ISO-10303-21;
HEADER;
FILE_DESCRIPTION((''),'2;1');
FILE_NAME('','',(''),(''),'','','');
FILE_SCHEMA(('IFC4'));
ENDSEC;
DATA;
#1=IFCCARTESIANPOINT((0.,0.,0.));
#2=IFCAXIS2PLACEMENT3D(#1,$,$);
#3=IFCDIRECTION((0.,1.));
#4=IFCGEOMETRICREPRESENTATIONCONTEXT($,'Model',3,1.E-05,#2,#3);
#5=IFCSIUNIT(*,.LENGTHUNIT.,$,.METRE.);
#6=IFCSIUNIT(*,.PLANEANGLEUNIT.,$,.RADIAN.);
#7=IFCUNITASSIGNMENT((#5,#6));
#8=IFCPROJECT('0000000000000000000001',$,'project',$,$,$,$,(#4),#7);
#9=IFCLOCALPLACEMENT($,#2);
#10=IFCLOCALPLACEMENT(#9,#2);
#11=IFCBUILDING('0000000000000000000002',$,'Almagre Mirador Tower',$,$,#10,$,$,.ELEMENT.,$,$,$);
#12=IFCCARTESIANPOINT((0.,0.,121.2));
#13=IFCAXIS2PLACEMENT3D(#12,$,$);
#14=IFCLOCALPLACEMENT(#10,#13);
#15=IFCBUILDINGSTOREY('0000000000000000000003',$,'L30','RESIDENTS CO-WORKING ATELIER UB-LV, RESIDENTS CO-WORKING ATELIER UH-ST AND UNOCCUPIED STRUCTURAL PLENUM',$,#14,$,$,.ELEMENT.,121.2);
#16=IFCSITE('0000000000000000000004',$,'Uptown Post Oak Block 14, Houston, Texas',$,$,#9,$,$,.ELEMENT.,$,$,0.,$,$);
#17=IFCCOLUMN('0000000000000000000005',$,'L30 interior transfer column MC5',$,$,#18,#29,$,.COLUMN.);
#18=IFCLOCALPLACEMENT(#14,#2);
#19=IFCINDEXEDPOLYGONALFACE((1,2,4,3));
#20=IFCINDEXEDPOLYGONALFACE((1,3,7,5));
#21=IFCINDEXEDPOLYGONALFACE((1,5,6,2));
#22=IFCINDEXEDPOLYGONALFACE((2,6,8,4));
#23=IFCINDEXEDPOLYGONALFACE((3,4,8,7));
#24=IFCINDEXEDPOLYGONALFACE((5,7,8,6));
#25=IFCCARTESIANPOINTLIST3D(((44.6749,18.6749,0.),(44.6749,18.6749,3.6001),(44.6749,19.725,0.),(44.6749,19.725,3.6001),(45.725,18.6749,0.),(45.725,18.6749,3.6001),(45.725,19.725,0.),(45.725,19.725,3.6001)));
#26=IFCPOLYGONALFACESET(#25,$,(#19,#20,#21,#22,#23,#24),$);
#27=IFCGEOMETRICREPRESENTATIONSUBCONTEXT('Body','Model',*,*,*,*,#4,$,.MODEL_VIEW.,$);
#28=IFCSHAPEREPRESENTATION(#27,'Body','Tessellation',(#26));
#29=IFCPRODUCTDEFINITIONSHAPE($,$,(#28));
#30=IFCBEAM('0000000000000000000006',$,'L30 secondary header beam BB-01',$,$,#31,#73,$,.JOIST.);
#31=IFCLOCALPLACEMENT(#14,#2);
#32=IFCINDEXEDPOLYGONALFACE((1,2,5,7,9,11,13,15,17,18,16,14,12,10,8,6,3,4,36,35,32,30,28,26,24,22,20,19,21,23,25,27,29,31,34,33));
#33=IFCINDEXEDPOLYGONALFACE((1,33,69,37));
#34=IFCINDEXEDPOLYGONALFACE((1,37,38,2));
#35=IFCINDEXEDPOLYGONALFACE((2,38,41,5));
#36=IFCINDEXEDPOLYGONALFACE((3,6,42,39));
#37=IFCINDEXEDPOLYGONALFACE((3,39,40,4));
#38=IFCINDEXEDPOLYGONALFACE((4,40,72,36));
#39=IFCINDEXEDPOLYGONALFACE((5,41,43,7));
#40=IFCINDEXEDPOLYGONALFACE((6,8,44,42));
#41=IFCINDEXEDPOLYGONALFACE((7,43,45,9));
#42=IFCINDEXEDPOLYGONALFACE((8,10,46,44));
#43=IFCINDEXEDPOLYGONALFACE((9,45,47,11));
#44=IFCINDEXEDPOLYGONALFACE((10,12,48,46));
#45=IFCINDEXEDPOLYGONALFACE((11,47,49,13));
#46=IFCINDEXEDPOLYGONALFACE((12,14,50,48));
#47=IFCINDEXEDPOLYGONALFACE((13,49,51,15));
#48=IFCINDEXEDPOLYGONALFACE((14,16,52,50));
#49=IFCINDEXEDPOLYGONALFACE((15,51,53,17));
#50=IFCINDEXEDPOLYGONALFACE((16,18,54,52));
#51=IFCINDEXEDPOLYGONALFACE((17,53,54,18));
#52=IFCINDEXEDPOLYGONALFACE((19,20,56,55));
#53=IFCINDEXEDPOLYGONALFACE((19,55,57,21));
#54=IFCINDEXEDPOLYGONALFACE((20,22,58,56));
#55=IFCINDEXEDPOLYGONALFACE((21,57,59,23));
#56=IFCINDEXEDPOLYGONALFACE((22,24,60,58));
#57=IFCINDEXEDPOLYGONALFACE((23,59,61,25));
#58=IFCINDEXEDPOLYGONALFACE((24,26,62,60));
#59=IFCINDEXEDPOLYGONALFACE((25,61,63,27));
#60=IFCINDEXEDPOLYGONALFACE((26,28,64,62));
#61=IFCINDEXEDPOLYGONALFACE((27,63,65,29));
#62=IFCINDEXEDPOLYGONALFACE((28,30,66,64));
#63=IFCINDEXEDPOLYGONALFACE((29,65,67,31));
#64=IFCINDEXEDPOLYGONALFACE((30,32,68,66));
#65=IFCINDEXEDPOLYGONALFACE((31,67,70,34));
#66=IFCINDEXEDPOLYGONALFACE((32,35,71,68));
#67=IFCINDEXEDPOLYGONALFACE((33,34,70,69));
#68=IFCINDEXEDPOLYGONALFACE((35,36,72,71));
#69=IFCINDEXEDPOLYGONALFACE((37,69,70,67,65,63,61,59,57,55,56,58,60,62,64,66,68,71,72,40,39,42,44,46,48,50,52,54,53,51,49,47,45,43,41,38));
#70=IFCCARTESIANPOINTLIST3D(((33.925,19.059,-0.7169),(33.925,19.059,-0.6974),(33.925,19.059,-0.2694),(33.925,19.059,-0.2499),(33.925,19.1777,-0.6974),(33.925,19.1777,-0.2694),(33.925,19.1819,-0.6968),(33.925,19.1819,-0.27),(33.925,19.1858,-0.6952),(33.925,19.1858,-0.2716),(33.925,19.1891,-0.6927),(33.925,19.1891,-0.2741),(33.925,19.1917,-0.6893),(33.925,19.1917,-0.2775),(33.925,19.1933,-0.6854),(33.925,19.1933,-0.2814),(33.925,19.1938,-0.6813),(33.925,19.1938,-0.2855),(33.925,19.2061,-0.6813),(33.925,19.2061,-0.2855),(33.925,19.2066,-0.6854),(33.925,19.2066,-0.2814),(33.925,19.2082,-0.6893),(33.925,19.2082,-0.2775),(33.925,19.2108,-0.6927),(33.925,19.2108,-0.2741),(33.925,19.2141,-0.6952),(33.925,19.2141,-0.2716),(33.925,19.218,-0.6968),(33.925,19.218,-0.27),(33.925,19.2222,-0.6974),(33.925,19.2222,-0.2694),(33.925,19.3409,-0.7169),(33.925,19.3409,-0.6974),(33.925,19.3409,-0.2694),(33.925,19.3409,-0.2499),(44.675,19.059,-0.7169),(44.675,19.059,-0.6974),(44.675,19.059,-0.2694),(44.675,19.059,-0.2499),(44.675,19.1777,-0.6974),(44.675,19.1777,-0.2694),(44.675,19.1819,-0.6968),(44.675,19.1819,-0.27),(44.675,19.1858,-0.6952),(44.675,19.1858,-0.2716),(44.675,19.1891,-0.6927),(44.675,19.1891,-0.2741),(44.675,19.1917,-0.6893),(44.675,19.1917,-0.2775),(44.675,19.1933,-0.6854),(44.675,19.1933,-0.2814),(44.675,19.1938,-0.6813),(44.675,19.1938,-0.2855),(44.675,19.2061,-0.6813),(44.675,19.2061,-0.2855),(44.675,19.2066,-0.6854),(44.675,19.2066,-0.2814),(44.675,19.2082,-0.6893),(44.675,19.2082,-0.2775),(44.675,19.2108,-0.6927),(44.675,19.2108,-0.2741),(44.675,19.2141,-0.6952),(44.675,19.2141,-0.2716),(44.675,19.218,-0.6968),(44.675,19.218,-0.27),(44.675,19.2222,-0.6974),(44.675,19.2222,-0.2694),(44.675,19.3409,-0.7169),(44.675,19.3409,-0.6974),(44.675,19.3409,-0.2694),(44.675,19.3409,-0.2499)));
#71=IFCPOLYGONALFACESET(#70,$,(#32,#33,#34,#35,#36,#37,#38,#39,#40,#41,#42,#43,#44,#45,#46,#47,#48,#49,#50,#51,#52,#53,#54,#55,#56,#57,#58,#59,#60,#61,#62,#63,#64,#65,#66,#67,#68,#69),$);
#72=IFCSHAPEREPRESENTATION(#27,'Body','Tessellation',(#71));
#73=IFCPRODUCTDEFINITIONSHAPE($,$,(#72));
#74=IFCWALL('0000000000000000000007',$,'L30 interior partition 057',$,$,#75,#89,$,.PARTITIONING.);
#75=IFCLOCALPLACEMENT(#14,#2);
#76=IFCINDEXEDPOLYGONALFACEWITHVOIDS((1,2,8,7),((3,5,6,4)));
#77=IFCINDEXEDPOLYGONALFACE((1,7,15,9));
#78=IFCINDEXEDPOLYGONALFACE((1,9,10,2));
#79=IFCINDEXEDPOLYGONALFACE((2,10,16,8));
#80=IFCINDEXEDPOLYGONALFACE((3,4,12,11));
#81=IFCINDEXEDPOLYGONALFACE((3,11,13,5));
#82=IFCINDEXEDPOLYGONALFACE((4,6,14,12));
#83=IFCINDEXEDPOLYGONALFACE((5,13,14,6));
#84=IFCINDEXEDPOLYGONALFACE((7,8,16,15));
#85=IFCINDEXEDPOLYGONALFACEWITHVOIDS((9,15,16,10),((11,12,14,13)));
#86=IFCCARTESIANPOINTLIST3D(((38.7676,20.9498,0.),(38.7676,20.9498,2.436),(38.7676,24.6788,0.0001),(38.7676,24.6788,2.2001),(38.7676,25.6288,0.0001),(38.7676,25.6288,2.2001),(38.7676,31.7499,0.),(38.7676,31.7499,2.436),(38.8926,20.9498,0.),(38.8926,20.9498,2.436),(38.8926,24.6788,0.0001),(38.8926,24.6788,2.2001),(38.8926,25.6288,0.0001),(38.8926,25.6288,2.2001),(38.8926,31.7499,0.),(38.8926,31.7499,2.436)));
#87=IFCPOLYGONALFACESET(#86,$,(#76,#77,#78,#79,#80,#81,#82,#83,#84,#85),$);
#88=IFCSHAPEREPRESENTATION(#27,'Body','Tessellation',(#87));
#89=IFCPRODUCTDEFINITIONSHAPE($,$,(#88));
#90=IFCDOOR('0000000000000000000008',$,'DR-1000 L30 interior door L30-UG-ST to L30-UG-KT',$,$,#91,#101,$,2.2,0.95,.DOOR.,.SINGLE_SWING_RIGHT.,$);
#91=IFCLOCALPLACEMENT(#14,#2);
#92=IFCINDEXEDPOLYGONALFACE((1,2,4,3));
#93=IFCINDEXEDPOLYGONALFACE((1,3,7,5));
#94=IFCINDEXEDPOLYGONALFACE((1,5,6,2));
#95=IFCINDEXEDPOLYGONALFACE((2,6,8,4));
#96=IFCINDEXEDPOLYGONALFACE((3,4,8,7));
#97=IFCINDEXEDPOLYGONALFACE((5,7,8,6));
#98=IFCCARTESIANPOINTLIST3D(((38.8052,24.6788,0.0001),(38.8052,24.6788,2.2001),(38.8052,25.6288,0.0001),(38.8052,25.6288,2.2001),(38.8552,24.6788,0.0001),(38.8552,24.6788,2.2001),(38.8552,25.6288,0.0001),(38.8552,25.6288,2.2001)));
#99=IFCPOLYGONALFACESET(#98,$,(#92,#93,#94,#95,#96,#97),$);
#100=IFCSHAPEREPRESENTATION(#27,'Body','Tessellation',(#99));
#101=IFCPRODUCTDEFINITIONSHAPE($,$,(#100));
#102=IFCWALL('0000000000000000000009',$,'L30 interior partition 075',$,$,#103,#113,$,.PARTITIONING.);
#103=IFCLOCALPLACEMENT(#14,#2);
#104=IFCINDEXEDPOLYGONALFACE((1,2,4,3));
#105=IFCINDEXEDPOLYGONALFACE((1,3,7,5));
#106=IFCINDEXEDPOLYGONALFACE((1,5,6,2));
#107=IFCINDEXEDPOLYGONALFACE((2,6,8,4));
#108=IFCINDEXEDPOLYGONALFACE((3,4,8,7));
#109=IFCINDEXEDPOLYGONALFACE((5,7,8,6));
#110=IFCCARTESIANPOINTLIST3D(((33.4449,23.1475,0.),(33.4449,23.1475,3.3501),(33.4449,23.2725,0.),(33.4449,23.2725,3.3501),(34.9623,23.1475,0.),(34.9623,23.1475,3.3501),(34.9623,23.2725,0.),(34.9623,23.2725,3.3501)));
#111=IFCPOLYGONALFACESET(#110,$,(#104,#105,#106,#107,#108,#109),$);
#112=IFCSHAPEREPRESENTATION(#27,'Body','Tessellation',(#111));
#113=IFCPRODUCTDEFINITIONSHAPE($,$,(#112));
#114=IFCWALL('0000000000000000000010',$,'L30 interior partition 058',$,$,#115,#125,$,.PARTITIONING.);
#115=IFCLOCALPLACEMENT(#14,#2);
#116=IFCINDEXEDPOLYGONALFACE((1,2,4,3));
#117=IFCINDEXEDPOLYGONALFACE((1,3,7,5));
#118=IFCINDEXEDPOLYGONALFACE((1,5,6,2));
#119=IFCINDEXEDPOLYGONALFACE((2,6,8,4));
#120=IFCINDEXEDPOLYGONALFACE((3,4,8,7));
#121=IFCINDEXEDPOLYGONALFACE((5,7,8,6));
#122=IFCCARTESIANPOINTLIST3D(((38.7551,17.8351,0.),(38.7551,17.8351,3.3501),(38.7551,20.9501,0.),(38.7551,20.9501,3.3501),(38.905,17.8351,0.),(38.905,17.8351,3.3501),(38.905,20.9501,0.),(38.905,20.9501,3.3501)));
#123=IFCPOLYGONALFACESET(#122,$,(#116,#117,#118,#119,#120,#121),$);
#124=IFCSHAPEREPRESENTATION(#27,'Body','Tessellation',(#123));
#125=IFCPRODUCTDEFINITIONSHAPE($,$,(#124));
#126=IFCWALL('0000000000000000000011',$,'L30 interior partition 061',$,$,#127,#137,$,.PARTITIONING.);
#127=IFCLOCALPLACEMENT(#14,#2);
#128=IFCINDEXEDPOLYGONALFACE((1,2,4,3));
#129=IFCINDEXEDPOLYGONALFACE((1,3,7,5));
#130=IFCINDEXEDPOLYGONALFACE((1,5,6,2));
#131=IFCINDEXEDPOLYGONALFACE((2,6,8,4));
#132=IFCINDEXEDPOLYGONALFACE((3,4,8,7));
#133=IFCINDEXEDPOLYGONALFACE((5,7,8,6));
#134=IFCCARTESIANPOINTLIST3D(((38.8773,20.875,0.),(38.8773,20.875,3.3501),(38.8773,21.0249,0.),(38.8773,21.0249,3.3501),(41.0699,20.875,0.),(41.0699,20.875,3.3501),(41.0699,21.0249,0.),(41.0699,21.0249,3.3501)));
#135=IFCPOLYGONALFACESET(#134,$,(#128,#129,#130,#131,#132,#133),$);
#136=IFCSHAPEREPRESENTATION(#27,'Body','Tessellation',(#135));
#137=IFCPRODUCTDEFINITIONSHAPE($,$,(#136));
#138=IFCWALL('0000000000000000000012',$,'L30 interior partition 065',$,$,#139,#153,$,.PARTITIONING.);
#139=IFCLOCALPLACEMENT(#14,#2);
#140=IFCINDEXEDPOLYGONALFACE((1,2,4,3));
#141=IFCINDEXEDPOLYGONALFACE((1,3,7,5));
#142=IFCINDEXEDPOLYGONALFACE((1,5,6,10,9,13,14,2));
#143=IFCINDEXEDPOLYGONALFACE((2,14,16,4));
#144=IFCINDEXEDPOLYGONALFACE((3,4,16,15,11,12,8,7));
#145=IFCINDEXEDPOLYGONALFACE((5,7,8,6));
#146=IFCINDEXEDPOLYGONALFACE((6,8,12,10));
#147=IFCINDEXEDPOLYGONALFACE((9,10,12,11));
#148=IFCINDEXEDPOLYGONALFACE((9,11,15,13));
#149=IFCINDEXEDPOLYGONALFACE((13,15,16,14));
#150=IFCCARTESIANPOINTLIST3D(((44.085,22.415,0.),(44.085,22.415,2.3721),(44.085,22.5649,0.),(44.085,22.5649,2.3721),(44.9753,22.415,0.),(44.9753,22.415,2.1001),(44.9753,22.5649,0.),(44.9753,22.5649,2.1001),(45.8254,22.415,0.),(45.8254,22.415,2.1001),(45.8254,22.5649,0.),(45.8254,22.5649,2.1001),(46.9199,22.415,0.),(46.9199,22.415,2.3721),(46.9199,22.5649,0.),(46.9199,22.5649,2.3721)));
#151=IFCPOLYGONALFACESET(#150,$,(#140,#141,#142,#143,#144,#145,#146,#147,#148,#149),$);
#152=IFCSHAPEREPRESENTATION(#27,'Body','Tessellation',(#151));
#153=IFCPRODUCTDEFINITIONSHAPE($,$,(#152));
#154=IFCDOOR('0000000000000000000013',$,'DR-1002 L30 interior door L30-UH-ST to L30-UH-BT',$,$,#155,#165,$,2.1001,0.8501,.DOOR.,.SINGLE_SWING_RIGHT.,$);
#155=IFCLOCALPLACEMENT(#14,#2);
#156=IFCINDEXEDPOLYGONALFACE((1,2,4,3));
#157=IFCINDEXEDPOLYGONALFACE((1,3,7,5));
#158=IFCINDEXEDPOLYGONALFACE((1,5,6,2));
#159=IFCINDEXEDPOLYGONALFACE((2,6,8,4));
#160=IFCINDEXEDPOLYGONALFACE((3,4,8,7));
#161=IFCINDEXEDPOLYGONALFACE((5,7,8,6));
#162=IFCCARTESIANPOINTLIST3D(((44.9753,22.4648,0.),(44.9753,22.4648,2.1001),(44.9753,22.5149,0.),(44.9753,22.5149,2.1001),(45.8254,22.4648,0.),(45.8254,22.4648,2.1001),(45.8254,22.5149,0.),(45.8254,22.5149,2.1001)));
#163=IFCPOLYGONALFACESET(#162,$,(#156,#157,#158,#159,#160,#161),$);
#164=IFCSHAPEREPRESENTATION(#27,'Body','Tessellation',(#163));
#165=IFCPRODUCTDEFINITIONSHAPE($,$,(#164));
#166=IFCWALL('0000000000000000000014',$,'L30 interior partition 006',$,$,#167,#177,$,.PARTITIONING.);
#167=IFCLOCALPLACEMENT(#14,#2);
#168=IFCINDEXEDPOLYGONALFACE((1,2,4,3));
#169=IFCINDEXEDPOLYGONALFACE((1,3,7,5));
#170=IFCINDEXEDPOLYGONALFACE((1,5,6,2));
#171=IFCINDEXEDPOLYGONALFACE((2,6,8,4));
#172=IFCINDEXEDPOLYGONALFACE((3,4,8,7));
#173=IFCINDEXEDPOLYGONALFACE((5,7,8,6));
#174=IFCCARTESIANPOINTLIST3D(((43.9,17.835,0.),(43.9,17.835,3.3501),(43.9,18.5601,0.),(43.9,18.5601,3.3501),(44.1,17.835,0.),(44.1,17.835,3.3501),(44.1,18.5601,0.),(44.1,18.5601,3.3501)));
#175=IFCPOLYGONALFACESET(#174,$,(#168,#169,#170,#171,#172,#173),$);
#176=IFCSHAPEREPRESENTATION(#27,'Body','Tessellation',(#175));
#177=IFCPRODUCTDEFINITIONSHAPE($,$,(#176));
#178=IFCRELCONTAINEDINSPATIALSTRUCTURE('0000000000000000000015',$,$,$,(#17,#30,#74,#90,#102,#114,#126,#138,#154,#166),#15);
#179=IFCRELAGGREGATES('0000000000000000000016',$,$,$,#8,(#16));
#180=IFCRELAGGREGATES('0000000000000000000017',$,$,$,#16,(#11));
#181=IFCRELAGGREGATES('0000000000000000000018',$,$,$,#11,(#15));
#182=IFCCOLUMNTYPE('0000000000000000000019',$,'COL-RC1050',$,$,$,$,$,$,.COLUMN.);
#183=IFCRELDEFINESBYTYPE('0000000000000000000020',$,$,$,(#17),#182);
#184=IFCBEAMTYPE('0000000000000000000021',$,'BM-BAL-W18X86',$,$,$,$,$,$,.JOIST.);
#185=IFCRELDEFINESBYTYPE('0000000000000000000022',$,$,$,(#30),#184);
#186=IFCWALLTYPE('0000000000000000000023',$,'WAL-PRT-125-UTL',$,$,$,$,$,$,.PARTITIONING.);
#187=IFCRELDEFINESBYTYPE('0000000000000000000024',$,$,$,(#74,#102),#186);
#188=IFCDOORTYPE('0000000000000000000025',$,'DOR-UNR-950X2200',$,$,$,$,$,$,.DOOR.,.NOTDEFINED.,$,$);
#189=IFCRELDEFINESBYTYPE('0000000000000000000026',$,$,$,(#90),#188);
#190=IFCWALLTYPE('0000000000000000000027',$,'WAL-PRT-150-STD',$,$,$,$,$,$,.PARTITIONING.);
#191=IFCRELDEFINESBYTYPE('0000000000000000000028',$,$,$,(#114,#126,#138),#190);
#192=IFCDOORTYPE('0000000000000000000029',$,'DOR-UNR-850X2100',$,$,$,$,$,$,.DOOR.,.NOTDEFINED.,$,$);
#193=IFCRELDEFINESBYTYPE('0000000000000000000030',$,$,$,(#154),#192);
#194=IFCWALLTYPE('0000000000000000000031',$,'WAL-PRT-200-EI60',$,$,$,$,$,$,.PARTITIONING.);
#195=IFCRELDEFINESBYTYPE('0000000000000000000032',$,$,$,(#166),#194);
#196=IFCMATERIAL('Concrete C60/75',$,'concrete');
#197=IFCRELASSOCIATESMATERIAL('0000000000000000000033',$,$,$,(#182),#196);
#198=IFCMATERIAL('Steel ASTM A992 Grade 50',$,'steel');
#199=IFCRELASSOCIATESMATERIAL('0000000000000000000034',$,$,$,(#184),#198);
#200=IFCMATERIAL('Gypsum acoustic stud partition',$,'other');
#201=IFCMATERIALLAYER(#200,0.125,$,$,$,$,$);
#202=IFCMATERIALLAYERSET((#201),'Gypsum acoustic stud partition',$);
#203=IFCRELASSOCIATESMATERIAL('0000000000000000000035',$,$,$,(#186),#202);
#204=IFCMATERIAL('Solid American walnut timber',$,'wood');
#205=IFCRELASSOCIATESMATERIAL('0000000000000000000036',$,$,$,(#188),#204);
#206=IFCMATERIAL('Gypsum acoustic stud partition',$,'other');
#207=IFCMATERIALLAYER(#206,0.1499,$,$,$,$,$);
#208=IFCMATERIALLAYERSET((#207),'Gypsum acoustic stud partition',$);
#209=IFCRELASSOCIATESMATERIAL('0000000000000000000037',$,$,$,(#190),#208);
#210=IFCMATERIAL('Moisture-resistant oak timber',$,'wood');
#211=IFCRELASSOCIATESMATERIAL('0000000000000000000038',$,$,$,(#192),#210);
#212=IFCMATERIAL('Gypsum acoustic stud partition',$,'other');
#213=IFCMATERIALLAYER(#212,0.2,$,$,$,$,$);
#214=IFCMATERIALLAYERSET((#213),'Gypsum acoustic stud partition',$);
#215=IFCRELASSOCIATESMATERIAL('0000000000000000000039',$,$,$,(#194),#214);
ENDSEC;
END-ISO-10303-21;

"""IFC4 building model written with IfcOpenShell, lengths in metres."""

from ifc_helpers import new_model, si_unit, direction, frame, frame_2d, origin, origin_2d, place, context, subcontext, project, spatial, rectangle, i_section, extrude, material, layer, layer_set, material_profile, profile_set, type_object, element, fill, save


model = new_model("IFC4")

# Units and contexts
model_context = context("Model", 3, precision=1e-05, world=origin(), true_north=direction((0.0, 1.0)))
body_context = subcontext(model_context, "Body", "Model", "MODEL_VIEW")
ifc_project = project(units=[si_unit("LENGTHUNIT", "METRE"), si_unit("PLANEANGLEUNIT", "RADIAN")], contexts=[model_context])

# Site, building, storey
site_placement = place(None, origin())
site = spatial("IfcSite", under=ifc_project, at=site_placement, Name="Uptown Post Oak Block 14, Houston, Texas", CompositionType="ELEMENT", RefElevation=0.0)
building_placement = place(site_placement, origin())
building = spatial("IfcBuilding", under=site, at=building_placement, Name="Almagre Mirador Tower", CompositionType="ELEMENT")
storey_placement = place(building_placement, frame((0.0, 0.0, 121.2)))
storey = spatial("IfcBuildingStorey", under=building, at=storey_placement, Name="L30", Description="RESIDENTS CO-WORKING ATELIER UB-LV, RESIDENTS CO-WORKING ATELIER UH-ST AND UNOCCUPIED STRUCTURAL PLENUM", CompositionType="ELEMENT", Elevation=121.2)

# Column
ifc_material_1 = material(Name="Concrete C60/75", Category="concrete")
ifc_material_profile_1 = material_profile(ifc_material_1, rectangle(XDim=1.05, YDim=1.05, at=origin_2d()), Name="RC1050X1050")
ifc_profile_set_1 = profile_set([ifc_material_profile_1], Name="Concrete C60/75")
column_type = type_object("IfcColumnType", Name="COL-RC1050", PredefinedType="COLUMN", material=ifc_profile_set_1)
column_placement = place(storey_placement, frame((45.2, 19.2, 0.0), z_axis=(0.0, 0.0, 1.0), x_axis=(1.0, 0.0, 0.0)))
element("IfcColumn", 1, at=column_placement, inside=storey, type_object=column_type, Name="L30 interior transfer column MC5", PredefinedType="COLUMN", context=body_context, shape_type="SweptSolid", body=[
    extrude(rectangle(XDim=1.05, YDim=1.05, at=origin_2d()), origin(), (0.0, 0.0, 1.0), 3.6001),
])

# Beam
ifc_material_2 = material(Name="Steel ASTM A992 Grade 50", Category="steel")
ifc_material_profile_2 = material_profile(ifc_material_2, i_section(OverallWidth=0.282, OverallDepth=0.467, WebThickness=0.0122, FlangeThickness=0.0195, FilletRadius=0.0161, at=origin_2d()), Name="W18X86")
ifc_profile_set_2 = profile_set([ifc_material_profile_2], Name="Steel ASTM A992 Grade 50")
beam_type = type_object("IfcBeamType", Name="BM-BAL-W18X86", PredefinedType="JOIST", material=ifc_profile_set_2)
beam_placement = place(storey_placement, frame((33.925, 19.2, -0.4834), z_axis=(1.0, 0.0, 0.0), x_axis=(0.0, 1.0, 0.0)))
element("IfcBeam", 2, at=beam_placement, inside=storey, type_object=beam_type, Name="L30 secondary header beam BB-01", PredefinedType="JOIST", context=body_context, shape_type="SweptSolid", body=[
    extrude(i_section(OverallWidth=0.282, OverallDepth=0.467, WebThickness=0.0122, FlangeThickness=0.0195, FilletRadius=0.0161, at=origin_2d()), origin(), (0.0, 0.0, 1.0), 10.75),
])

# Wall, opening, door
ifc_material_3 = material(Name="Gypsum acoustic stud partition", Category="other")
ifc_layer_1 = layer(ifc_material_3, 0.125)
ifc_layer_set_1 = layer_set([ifc_layer_1], Name="Gypsum acoustic stud partition")
wall_type_1 = type_object("IfcWallType", Name="WAL-PRT-125-UTL", PredefinedType="PARTITIONING", material=ifc_layer_set_1)
wall_1_placement = place(storey_placement, frame((38.8301, 20.95, 0.0), z_axis=(0.0, 0.0, 1.0), x_axis=(0.0, 1.0, 0.0)))
wall_1 = element("IfcWall", 3, at=wall_1_placement, inside=storey, type_object=wall_type_1, Name="L30 interior partition 057", PredefinedType="PARTITIONING", context=body_context, shape_type="SweptSolid", body=[
    extrude(rectangle(XDim=10.8, YDim=0.125, at=frame_2d((5.3999, 0.0))), origin(), (0.0, 0.0, 1.0), 2.436),
])
opening_1_placement = place(wall_1_placement, frame((3.7288, 0.0, 0.0)))
opening_1 = element("IfcOpeningElement", 4, at=opening_1_placement, cuts=wall_1, PredefinedType="OPENING", context=body_context, shape_type="SweptSolid", body=[
    extrude(rectangle(XDim=0.95, YDim=2.2, at=frame_2d((0.4751, 1.1001))), frame((0.0, 0.0725, 0.0), z_axis=(0.0, -1.0, 0.0), x_axis=(1.0, 0.0, 0.0)), (0.0, 0.0, 1.0), 0.145),
])
ifc_material_4 = material(Name="Solid American walnut timber", Category="wood")
door_type_1 = type_object("IfcDoorType", Name="DOR-UNR-950X2200", OperationType="NOTDEFINED", PredefinedType="DOOR", material=ifc_material_4)
door_1_placement = place(opening_1_placement, origin())
door_1 = element("IfcDoor", 5, at=door_1_placement, inside=storey, type_object=door_type_1, Name="DR-1000 L30 interior door L30-UG-ST to L30-UG-KT", OperationType="SINGLE_SWING_RIGHT", OverallHeight=2.2, OverallWidth=0.95, PredefinedType="DOOR", context=body_context, shape_type="SweptSolid", body=[
    extrude(rectangle(XDim=0.95, YDim=2.2, at=frame_2d((0.4751, 1.1001))), frame((0.0, 0.0249, 0.0), z_axis=(0.0, -1.0, 0.0), x_axis=(1.0, 0.0, 0.0)), (0.0, 0.0, 1.0), 0.05),
])
fill(opening_1, door_1)

# Walls
wall_2_placement = place(storey_placement, frame((34.9624, 23.21, 0.0), z_axis=(0.0, 0.0, 1.0), x_axis=(-1.0, 0.0, 0.0)))
element("IfcWall", 6, at=wall_2_placement, inside=storey, type_object=wall_type_1, Name="L30 interior partition 075", PredefinedType="PARTITIONING", context=body_context, shape_type="SweptSolid", body=[
    extrude(rectangle(XDim=1.5173, YDim=0.125, at=frame_2d((0.7588, 0.0))), origin(), (0.0, 0.0, 1.0), 3.3501),
])
ifc_material_5 = material(Name="Gypsum acoustic stud partition", Category="other")
ifc_layer_2 = layer(ifc_material_5, 0.1499)
ifc_layer_set_2 = layer_set([ifc_layer_2], Name="Gypsum acoustic stud partition")
wall_type_2 = type_object("IfcWallType", Name="WAL-PRT-150-STD", PredefinedType="PARTITIONING", material=ifc_layer_set_2)
wall_3_placement = place(storey_placement, frame((38.8301, 17.835, 0.0), z_axis=(0.0, 0.0, 1.0), x_axis=(0.0, 1.0, 0.0)))
element("IfcWall", 7, at=wall_3_placement, inside=storey, type_object=wall_type_2, Name="L30 interior partition 058", PredefinedType="PARTITIONING", context=body_context, shape_type="SweptSolid", body=[
    extrude(rectangle(XDim=3.115, YDim=0.1499, at=frame_2d((1.5576, 0.0))), origin(), (0.0, 0.0, 1.0), 3.3501),
])
wall_4_placement = place(storey_placement, frame((38.8774, 20.95, 0.0), z_axis=(0.0, 0.0, 1.0), x_axis=(1.0, 0.0, 0.0)))
element("IfcWall", 8, at=wall_4_placement, inside=storey, type_object=wall_type_2, Name="L30 interior partition 061", PredefinedType="PARTITIONING", context=body_context, shape_type="SweptSolid", body=[
    extrude(rectangle(XDim=2.1926, YDim=0.1499, at=frame_2d((1.0962, 0.0))), origin(), (0.0, 0.0, 1.0), 3.3501),
])

# Wall, opening, door
wall_5_placement = place(storey_placement, frame((44.085, 22.49, 0.0), z_axis=(0.0, 0.0, 1.0), x_axis=(1.0, 0.0, 0.0)))
wall_5 = element("IfcWall", 9, at=wall_5_placement, inside=storey, type_object=wall_type_2, Name="L30 interior partition 065", PredefinedType="PARTITIONING", context=body_context, shape_type="SweptSolid", body=[
    extrude(rectangle(XDim=2.835, YDim=0.1499, at=frame_2d((1.4175, 0.0))), origin(), (0.0, 0.0, 1.0), 2.3721),
])
opening_2_placement = place(wall_5_placement, frame((0.8904, 0.0, 0.0)))
opening_2 = element("IfcOpeningElement", 10, at=opening_2_placement, cuts=wall_5, PredefinedType="OPENING", context=body_context, shape_type="SweptSolid", body=[
    extrude(rectangle(XDim=0.8501, YDim=2.1001, at=frame_2d((0.425, 1.05))), frame((0.0, 0.085, 0.0), z_axis=(0.0, -1.0, 0.0), x_axis=(1.0, 0.0, 0.0)), (0.0, 0.0, 1.0), 0.1699),
])
ifc_material_6 = material(Name="Moisture-resistant oak timber", Category="wood")
door_type_2 = type_object("IfcDoorType", Name="DOR-UNR-850X2100", OperationType="NOTDEFINED", PredefinedType="DOOR", material=ifc_material_6)
door_2_placement = place(opening_2_placement, origin())
door_2 = element("IfcDoor", 11, at=door_2_placement, inside=storey, type_object=door_type_2, Name="DR-1002 L30 interior door L30-UH-ST to L30-UH-BT", OperationType="SINGLE_SWING_RIGHT", OverallHeight=2.1001, OverallWidth=0.8501, PredefinedType="DOOR", context=body_context, shape_type="SweptSolid", body=[
    extrude(rectangle(XDim=0.8501, YDim=2.1001, at=frame_2d((0.425, 1.05))), frame((0.0, 0.0249, 0.0), z_axis=(0.0, -1.0, 0.0), x_axis=(1.0, 0.0, 0.0)), (0.0, 0.0, 1.0), 0.05),
])
fill(opening_2, door_2)

# Wall
ifc_material_7 = material(Name="Gypsum acoustic stud partition", Category="other")
ifc_layer_3 = layer(ifc_material_7, 0.2)
ifc_layer_set_3 = layer_set([ifc_layer_3], Name="Gypsum acoustic stud partition")
wall_type_3 = type_object("IfcWallType", Name="WAL-PRT-200-EI60", PredefinedType="PARTITIONING", material=ifc_layer_set_3)
wall_6_placement = place(storey_placement, frame((44.0, 17.835, 0.0), z_axis=(0.0, 0.0, 1.0), x_axis=(0.0, 1.0, 0.0)))
element("IfcWall", 12, at=wall_6_placement, inside=storey, type_object=wall_type_3, Name="L30 interior partition 006", PredefinedType="PARTITIONING", context=body_context, shape_type="SweptSolid", body=[
    extrude(rectangle(XDim=0.7251, YDim=0.2, at=frame_2d((0.3625, 0.0))), origin(), (0.0, 0.0, 1.0), 3.3501),
])

save(model, "model.ifc")
